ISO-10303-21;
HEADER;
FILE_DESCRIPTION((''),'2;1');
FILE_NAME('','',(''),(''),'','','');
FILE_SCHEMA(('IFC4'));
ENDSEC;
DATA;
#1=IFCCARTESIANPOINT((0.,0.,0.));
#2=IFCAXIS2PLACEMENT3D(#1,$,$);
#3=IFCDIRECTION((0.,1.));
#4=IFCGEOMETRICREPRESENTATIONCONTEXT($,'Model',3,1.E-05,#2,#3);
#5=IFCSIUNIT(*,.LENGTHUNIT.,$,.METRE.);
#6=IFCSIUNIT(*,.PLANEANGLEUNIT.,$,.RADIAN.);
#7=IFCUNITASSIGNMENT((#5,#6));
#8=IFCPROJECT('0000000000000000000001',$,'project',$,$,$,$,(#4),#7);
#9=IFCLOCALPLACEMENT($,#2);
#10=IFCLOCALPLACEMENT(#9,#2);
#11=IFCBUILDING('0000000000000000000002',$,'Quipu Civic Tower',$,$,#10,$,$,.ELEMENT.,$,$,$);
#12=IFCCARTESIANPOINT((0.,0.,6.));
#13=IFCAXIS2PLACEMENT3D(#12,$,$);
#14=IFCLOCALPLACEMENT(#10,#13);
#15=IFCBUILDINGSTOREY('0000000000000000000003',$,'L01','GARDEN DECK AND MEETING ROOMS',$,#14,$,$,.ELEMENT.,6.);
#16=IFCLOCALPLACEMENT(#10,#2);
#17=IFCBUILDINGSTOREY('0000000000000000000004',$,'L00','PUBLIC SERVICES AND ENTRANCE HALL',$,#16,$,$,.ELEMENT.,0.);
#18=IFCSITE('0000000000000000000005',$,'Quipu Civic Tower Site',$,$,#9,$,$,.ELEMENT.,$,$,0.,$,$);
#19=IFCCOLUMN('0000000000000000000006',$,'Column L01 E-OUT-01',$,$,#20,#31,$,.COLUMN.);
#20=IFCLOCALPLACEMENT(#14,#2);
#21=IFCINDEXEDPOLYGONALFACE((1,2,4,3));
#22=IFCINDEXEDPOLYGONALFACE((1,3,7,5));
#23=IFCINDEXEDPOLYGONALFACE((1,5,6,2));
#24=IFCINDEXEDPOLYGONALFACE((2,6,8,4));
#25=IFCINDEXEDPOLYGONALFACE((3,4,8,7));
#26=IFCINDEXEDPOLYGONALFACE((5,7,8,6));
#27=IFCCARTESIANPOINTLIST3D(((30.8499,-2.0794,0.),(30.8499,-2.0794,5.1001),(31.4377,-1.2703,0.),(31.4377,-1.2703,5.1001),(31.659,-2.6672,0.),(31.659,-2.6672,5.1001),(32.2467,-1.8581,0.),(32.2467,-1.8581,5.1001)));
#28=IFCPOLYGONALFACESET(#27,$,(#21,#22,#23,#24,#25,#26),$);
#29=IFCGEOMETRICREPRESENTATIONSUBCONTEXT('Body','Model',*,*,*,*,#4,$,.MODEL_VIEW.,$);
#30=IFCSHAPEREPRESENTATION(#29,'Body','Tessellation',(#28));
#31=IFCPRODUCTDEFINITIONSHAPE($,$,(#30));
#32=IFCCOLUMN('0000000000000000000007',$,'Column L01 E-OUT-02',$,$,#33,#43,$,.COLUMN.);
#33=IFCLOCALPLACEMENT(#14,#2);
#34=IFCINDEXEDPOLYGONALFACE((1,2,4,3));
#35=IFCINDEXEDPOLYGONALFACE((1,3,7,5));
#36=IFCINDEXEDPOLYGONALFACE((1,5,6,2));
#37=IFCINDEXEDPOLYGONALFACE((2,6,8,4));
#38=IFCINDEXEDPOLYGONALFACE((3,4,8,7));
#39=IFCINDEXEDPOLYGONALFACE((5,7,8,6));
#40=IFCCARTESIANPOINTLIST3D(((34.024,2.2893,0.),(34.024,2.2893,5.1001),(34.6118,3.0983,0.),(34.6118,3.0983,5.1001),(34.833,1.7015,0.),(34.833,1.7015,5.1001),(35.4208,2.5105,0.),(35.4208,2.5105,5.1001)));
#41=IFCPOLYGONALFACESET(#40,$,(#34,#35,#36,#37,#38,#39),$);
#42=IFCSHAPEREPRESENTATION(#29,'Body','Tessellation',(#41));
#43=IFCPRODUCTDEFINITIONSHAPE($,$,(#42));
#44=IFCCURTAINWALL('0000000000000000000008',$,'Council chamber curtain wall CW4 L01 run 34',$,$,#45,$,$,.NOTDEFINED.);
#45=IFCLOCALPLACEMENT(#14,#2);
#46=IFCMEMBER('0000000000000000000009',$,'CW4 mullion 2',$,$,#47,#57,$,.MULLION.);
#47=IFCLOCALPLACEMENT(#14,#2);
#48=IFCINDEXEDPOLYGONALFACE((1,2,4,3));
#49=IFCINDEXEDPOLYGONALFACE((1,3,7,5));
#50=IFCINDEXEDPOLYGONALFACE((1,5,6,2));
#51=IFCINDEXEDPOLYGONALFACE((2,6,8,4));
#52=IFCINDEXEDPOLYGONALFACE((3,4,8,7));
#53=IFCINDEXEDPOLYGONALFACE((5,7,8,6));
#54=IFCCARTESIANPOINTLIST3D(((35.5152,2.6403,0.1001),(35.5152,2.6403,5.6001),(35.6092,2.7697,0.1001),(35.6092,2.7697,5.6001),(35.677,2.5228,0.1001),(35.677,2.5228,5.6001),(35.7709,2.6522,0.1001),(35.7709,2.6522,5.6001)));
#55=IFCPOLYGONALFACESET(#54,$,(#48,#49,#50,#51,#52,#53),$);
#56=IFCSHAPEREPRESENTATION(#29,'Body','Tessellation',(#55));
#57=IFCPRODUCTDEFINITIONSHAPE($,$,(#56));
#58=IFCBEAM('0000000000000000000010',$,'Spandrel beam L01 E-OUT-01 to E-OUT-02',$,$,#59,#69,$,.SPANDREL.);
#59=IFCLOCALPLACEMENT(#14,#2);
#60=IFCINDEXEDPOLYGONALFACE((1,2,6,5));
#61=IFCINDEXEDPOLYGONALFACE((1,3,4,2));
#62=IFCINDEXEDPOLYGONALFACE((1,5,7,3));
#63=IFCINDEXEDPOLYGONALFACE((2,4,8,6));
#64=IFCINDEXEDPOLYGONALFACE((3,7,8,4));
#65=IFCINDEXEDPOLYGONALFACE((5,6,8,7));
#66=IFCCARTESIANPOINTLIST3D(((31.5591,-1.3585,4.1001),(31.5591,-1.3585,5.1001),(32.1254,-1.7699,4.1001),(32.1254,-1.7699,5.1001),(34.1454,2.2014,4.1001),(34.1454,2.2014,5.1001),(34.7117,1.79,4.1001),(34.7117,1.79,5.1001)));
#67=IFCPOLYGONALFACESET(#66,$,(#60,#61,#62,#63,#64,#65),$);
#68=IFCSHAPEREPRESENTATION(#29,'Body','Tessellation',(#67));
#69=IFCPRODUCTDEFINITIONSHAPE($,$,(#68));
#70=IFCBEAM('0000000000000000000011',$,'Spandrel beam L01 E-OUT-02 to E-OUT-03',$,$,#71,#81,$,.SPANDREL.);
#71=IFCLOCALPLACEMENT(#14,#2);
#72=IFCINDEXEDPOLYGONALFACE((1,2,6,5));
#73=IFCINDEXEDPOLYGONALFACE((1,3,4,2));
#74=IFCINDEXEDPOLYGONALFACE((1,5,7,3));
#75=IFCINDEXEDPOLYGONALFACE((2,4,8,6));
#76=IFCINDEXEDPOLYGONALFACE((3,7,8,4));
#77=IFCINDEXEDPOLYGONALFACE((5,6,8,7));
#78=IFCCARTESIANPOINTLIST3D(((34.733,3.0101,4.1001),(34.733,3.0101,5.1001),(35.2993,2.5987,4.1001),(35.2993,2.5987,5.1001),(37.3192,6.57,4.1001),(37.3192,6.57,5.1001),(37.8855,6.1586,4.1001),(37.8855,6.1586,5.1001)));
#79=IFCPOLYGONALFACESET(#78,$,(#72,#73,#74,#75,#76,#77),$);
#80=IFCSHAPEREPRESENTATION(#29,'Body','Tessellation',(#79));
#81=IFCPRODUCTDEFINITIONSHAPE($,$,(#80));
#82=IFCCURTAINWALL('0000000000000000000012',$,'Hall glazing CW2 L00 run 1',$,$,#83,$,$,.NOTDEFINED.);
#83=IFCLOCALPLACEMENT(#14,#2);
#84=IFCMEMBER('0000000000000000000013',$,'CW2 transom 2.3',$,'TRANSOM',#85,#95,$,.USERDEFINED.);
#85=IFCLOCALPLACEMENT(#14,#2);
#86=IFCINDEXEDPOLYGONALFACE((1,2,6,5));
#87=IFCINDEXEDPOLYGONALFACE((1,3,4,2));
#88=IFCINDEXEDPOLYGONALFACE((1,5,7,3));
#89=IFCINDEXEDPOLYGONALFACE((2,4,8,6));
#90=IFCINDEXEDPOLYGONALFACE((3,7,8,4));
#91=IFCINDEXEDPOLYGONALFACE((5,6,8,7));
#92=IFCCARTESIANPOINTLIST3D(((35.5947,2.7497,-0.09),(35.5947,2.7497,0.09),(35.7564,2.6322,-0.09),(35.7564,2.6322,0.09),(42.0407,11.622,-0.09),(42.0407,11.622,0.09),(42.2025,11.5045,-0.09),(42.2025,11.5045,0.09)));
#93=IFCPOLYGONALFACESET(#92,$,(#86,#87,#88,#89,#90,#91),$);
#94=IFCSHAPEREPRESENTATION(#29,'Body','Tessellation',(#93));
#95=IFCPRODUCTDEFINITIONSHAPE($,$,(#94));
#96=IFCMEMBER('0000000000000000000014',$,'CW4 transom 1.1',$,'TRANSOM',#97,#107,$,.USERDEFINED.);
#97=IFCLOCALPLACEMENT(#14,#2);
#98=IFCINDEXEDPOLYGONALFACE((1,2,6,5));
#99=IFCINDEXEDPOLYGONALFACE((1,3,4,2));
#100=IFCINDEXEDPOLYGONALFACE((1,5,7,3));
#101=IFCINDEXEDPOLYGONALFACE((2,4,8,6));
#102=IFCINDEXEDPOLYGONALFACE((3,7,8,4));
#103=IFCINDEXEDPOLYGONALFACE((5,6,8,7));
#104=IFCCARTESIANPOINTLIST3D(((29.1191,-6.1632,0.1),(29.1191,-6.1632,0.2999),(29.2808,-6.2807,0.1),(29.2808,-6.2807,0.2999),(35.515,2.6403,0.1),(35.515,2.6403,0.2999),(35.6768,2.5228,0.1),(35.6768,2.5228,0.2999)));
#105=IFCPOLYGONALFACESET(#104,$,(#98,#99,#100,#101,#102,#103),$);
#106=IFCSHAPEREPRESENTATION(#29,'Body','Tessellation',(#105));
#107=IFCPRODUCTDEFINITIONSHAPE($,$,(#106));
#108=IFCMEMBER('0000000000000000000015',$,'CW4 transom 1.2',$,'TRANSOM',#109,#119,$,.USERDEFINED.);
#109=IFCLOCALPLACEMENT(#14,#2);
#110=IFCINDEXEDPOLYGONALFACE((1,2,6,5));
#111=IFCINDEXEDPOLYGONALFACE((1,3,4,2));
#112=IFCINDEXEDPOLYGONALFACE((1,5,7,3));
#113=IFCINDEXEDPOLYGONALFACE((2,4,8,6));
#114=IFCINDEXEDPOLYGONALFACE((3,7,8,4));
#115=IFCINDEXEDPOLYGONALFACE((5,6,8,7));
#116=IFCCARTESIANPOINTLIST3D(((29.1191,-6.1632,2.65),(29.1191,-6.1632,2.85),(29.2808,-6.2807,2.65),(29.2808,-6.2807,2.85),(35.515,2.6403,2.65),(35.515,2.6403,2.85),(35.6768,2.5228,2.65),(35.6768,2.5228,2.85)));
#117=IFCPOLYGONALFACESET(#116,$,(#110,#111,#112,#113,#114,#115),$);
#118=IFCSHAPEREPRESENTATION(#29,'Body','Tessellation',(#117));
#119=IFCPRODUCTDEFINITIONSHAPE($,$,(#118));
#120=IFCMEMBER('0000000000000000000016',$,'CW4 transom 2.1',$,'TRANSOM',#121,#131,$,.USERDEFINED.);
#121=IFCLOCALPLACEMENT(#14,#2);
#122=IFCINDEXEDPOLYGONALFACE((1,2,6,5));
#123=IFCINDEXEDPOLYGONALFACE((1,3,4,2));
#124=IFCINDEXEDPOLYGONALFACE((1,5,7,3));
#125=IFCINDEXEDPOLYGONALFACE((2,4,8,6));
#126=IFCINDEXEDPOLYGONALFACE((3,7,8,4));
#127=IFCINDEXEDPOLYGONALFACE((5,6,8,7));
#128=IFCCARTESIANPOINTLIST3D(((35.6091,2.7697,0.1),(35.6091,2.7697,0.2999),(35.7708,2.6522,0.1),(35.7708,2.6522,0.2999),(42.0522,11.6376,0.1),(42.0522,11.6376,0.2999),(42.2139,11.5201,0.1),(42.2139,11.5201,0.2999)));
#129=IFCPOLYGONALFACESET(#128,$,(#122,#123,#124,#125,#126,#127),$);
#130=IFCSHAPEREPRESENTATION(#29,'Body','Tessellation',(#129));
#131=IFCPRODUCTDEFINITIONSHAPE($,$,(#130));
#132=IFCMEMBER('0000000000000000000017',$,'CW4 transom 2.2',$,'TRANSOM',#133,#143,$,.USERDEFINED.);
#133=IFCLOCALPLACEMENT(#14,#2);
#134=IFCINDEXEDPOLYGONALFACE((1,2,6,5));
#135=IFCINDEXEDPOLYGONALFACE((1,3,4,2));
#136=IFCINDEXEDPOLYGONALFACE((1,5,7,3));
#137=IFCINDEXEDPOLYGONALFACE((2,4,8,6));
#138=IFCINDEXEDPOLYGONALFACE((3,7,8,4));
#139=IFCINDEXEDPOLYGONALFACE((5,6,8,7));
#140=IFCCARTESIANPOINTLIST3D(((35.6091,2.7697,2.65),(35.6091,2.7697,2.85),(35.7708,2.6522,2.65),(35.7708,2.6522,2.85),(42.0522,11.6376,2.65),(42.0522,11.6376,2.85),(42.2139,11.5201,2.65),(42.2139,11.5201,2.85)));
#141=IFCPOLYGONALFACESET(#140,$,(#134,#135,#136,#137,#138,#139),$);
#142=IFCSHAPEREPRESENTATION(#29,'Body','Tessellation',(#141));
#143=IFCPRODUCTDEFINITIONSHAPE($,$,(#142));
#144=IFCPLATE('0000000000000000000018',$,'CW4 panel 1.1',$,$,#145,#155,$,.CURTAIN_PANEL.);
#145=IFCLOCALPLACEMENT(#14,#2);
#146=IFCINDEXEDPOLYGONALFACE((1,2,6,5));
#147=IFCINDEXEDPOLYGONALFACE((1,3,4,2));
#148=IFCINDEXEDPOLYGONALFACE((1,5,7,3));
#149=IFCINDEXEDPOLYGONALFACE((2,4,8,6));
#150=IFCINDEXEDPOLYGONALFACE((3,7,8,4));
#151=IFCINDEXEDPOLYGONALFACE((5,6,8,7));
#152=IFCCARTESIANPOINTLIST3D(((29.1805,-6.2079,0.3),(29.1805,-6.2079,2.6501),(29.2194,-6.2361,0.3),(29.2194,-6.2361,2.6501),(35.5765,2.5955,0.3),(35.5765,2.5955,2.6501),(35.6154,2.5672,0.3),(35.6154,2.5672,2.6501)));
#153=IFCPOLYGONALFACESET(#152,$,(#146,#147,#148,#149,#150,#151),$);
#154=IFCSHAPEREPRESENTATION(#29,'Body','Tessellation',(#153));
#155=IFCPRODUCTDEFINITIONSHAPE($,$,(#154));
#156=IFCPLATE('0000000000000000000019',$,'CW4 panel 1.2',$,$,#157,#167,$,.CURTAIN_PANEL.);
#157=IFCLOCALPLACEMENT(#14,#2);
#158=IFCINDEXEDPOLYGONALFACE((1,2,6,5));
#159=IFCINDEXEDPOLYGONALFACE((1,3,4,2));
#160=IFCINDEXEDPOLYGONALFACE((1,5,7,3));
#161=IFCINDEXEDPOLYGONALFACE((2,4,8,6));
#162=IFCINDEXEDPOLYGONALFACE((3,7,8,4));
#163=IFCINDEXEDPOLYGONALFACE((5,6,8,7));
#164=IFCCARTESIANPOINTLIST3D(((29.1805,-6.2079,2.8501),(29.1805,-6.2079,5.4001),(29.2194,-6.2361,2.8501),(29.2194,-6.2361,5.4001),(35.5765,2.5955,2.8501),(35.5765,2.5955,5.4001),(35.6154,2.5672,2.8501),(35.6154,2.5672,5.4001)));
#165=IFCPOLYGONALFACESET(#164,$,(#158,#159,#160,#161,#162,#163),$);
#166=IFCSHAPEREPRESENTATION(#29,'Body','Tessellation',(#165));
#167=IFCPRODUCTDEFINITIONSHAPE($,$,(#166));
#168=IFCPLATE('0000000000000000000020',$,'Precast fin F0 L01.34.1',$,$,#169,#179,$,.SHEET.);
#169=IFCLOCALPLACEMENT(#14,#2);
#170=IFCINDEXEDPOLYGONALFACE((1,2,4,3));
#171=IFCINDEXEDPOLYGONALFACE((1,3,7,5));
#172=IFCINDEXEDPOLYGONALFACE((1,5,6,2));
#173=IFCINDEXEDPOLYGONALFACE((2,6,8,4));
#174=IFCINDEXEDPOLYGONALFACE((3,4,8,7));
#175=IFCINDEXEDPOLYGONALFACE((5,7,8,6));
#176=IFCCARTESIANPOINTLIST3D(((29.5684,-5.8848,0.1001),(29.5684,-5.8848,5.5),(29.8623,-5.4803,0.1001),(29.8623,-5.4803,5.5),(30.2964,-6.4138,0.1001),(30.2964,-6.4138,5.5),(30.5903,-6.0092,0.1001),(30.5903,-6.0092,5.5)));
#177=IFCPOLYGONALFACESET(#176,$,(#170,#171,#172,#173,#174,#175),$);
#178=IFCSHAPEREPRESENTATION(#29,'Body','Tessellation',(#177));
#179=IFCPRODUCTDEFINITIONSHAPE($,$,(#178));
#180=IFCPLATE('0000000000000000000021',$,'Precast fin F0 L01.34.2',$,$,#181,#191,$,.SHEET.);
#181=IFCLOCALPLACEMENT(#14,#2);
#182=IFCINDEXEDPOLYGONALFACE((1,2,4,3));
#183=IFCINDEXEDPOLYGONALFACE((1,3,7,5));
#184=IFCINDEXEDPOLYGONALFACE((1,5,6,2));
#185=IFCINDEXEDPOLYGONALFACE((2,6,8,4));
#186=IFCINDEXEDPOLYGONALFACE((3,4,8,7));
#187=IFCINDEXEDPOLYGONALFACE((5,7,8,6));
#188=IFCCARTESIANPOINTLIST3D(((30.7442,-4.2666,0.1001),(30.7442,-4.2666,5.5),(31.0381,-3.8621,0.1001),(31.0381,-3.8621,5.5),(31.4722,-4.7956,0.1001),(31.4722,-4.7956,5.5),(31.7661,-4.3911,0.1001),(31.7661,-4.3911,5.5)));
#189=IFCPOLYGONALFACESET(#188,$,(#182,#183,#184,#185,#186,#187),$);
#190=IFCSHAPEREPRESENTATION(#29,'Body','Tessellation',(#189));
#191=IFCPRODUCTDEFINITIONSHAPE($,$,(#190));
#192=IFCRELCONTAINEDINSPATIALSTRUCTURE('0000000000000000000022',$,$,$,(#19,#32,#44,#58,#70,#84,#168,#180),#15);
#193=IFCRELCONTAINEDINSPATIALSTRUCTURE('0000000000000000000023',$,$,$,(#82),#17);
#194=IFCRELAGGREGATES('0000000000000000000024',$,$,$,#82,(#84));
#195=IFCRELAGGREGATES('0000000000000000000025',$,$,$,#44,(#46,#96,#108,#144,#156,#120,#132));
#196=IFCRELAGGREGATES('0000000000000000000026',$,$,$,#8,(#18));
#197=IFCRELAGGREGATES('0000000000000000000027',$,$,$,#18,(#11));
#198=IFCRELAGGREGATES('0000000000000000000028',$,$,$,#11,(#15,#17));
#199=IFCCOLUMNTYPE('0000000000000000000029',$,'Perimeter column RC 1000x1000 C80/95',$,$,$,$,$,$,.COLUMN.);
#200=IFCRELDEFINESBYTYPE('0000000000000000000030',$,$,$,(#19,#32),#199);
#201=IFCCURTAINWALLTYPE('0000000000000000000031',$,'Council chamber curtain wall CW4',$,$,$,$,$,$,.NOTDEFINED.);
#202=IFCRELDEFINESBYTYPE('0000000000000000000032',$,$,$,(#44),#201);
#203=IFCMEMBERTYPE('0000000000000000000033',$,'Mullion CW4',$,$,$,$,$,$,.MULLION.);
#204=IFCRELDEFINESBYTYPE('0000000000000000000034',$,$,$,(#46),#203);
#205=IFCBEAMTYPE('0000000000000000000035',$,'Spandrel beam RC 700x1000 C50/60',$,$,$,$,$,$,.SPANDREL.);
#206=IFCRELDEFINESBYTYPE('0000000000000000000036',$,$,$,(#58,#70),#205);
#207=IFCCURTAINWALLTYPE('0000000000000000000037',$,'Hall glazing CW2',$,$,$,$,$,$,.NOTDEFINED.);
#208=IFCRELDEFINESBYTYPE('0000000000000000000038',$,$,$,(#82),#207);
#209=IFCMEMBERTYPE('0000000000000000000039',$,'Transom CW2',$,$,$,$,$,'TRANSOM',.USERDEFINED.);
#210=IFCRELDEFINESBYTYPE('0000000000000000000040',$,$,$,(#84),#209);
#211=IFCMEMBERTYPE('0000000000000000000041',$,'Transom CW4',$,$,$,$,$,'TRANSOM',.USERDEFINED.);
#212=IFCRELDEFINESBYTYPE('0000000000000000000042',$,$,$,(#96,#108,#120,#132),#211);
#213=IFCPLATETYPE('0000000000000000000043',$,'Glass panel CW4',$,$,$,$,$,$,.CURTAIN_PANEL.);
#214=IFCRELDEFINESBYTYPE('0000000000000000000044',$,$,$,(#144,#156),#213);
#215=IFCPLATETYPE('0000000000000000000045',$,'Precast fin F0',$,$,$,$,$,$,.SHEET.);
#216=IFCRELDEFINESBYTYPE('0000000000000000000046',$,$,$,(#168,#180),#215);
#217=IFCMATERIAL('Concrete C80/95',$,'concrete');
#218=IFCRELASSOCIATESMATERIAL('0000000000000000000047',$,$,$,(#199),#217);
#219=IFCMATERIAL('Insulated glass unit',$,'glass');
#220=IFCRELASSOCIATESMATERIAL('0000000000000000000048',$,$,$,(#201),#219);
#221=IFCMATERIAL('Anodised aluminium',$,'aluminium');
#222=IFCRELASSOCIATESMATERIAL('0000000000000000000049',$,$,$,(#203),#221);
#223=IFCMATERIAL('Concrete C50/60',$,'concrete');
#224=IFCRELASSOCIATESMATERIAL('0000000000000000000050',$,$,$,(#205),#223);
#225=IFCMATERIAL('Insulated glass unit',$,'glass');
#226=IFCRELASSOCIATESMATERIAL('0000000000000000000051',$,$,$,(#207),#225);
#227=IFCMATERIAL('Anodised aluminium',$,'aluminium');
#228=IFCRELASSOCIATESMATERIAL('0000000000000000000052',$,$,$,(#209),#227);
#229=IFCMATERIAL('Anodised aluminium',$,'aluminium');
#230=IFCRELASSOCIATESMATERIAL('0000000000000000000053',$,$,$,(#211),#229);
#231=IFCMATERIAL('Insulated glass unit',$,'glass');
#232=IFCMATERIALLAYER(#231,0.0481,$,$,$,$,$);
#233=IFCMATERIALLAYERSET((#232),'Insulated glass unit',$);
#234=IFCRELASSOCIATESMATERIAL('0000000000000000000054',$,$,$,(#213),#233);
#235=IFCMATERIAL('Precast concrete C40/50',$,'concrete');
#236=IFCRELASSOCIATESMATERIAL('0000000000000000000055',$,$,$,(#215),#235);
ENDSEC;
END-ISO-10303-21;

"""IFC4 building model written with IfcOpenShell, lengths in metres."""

from ifc_helpers import new_model, si_unit, direction, frame, origin, origin_2d, place, context, subcontext, project, spatial, rectangle, extrude, material, layer, layer_set, material_profile, profile_set, type_object, element, aggregate, save


model = new_model("IFC4")

# Units and contexts
model_context = context("Model", 3, precision=1e-05, world=origin(), true_north=direction((0.0, 1.0)))
body_context = subcontext(model_context, "Body", "Model", "MODEL_VIEW")
ifc_project = project(units=[si_unit("LENGTHUNIT", "METRE"), si_unit("PLANEANGLEUNIT", "RADIAN")], contexts=[model_context])

# Site, building, storey
site_placement = place(None, origin())
site = spatial("IfcSite", under=ifc_project, at=site_placement, Name="Quipu Civic Tower Site", CompositionType="ELEMENT", RefElevation=0.0)
building_placement = place(site_placement, origin())
building = spatial("IfcBuilding", under=site, at=building_placement, Name="Quipu Civic Tower", CompositionType="ELEMENT")
storey_1_placement = place(building_placement, frame((0.0, 0.0, 6.0)))
storey_1 = spatial("IfcBuildingStorey", under=building, at=storey_1_placement, Name="L01", Description="GARDEN DECK AND MEETING ROOMS", CompositionType="ELEMENT", Elevation=6.0)

# Columns
ifc_material_1 = material(Name="Concrete C80/95", Category="concrete")
ifc_material_profile_1 = material_profile(ifc_material_1, rectangle(XDim=1.0, YDim=1.0, at=origin_2d()), Name="RC1000x1000")
ifc_profile_set_1 = profile_set([ifc_material_profile_1], Name="Concrete C80/95")
column_type = type_object("IfcColumnType", Name="Perimeter column RC 1000x1000 C80/95", PredefinedType="COLUMN", material=ifc_profile_set_1)
for number, where, z_axis, x_axis, name in (
    (1, (31.5483, -1.9688, 0.0), (0.0, 0.0, 1.0), (0.587785, 0.809017, 0.0), "Column L01 E-OUT-01"),
    (2, (34.7224, 2.3999, 0.0), (0.0, 0.0, 1.0), (0.587785, 0.809017, 0.0), "Column L01 E-OUT-02"),
):
    element("IfcColumn", number, at=place(storey_1_placement, frame(where, z_axis=z_axis, x_axis=x_axis)), inside=storey_1, type_object=column_type, Name=name, PredefinedType="COLUMN", context=body_context, shape_type="SweptSolid", body=[
        extrude(rectangle(XDim=1.0, YDim=1.0, at=origin_2d()), origin(), (0.0, 0.0, 1.0), 5.1001),
    ])

# Curtain wall, member
ifc_material_2 = material(Name="Insulated glass unit", Category="glass")
curtain_wall_type_1 = type_object("IfcCurtainWallType", Name="Council chamber curtain wall CW4", PredefinedType="NOTDEFINED", material=ifc_material_2)
curtain_wall_1_placement = place(storey_1_placement, origin())
curtain_wall_1 = element("IfcCurtainWall", 3, at=curtain_wall_1_placement, inside=storey_1, type_object=curtain_wall_type_1, Name="Council chamber curtain wall CW4 L01 run 34", PredefinedType="NOTDEFINED")
ifc_material_3 = material(Name="Anodised aluminium", Category="aluminium")
ifc_material_profile_2 = material_profile(ifc_material_3, rectangle(XDim=0.2, YDim=0.1599, at=origin_2d()), Name="RECT 200x160")
ifc_profile_set_2 = profile_set([ifc_material_profile_2], Name="Anodised aluminium")
member_type_1 = type_object("IfcMemberType", Name="Mullion CW4", PredefinedType="MULLION", material=ifc_profile_set_2)
member_1_placement = place(storey_1_placement, frame((35.6431, 2.6462, 0.1001), z_axis=(0.0, 0.0, 1.0), x_axis=(-0.809017, 0.587785, 0.0)))
member_1 = element("IfcMember", 4, at=member_1_placement, type_object=member_type_1, Name="CW4 mullion 2", PredefinedType="MULLION", context=body_context, shape_type="SweptSolid", body=[
    extrude(rectangle(XDim=0.2, YDim=0.1599, at=origin_2d()), origin(), (0.0, 0.0, 1.0), 5.5),
])

# Beams
ifc_material_4 = material(Name="Concrete C50/60", Category="concrete")
ifc_material_profile_3 = material_profile(ifc_material_4, rectangle(XDim=0.7, YDim=1.0, at=origin_2d()), Name="RC700x1000")
ifc_profile_set_3 = profile_set([ifc_material_profile_3], Name="Concrete C50/60")
beam_type = type_object("IfcBeamType", Name="Spandrel beam RC 700x1000 C50/60", PredefinedType="SPANDREL", material=ifc_profile_set_3)
for number, where, z_axis, x_axis, name in (
    (5, (31.8423, -1.5642, 4.6001), (0.587759, 0.809036, 0.0), (-0.809036, 0.587759, 0.0), "Spandrel beam L01 E-OUT-01 to E-OUT-02"),
    (6, (35.0161, 2.8044, 4.6001), (0.587759, 0.809036, 0.0), (-0.809036, 0.587759, 0.0), "Spandrel beam L01 E-OUT-02 to E-OUT-03"),
):
    element("IfcBeam", number, at=place(storey_1_placement, frame(where, z_axis=z_axis, x_axis=x_axis)), inside=storey_1, type_object=beam_type, Name=name, PredefinedType="SPANDREL", context=body_context, shape_type="SweptSolid", body=[
        extrude(rectangle(XDim=0.7, YDim=1.0, at=origin_2d()), origin(), (0.0, 0.0, 1.0), 4.4001),
    ])

# Shared definitions
storey_2_placement = place(building_placement, origin())
storey_2 = spatial("IfcBuildingStorey", under=building, at=storey_2_placement, Name="L00", Description="PUBLIC SERVICES AND ENTRANCE HALL", CompositionType="ELEMENT", Elevation=0.0)

# Curtain wall, member
ifc_material_5 = material(Name="Insulated glass unit", Category="glass")
curtain_wall_type_2 = type_object("IfcCurtainWallType", Name="Hall glazing CW2", PredefinedType="NOTDEFINED", material=ifc_material_5)
curtain_wall_2_placement = place(storey_2_placement, origin())
curtain_wall_2 = element("IfcCurtainWall", 7, at=curtain_wall_2_placement, inside=storey_2, type_object=curtain_wall_type_2, Name="Hall glazing CW2 L00 run 1", PredefinedType="NOTDEFINED")
ifc_material_6 = material(Name="Anodised aluminium", Category="aluminium")
ifc_material_profile_4 = material_profile(ifc_material_6, rectangle(XDim=0.2, YDim=0.1799, at=origin_2d()), Name="RECT 200x180")
ifc_profile_set_4 = profile_set([ifc_material_profile_4], Name="Anodised aluminium")
member_type_2 = type_object("IfcMemberType", Name="Transom CW2", ElementType="TRANSOM", PredefinedType="USERDEFINED", material=ifc_profile_set_4)
member_2_placement = place(storey_1_placement, frame((35.6755, 2.6909, 0.0), z_axis=(0.587781, 0.80902, 0.0), x_axis=(-0.80902, 0.587781, 0.0)))
member_2 = element("IfcMember", 8, at=member_2_placement, inside=storey_1, type_object=member_type_2, Name="CW2 transom 2.3", ObjectType="TRANSOM", PredefinedType="USERDEFINED", context=body_context, shape_type="SweptSolid", body=[
    extrude(rectangle(XDim=0.2, YDim=0.1799, at=origin_2d()), origin(), (0.0, 0.0, 1.0), 10.9668),
])
aggregate(curtain_wall_2, [member_2])

# Members
ifc_material_7 = material(Name="Anodised aluminium", Category="aluminium")
ifc_material_profile_5 = material_profile(ifc_material_7, rectangle(XDim=0.2, YDim=0.2, at=origin_2d()), Name="RECT 200x200")
ifc_profile_set_5 = profile_set([ifc_material_profile_5], Name="Anodised aluminium")
member_type_3 = type_object("IfcMemberType", Name="Transom CW4", ElementType="TRANSOM", PredefinedType="USERDEFINED", material=ifc_profile_set_5)
member_3_placement = place(storey_1_placement, frame((29.2, -6.2219, 0.2), z_axis=(0.587779, 0.809021, 0.0), x_axis=(-0.809021, 0.587779, 0.0)))
member_3 = element("IfcMember", 9, at=member_3_placement, type_object=member_type_3, Name="CW4 transom 1.1", ObjectType="TRANSOM", PredefinedType="USERDEFINED", context=body_context, shape_type="SweptSolid", body=[
    extrude(rectangle(XDim=0.2, YDim=0.2, at=origin_2d()), origin(), (0.0, 0.0, 1.0), 10.8816),
])
member_4_placement = place(storey_1_placement, frame((29.2, -6.2219, 2.75), z_axis=(0.587779, 0.809021, 0.0), x_axis=(-0.809021, 0.587779, 0.0)))
member_4 = element("IfcMember", 10, at=member_4_placement, type_object=member_type_3, Name="CW4 transom 1.2", ObjectType="TRANSOM", PredefinedType="USERDEFINED", context=body_context, shape_type="SweptSolid", body=[
    extrude(rectangle(XDim=0.2, YDim=0.2, at=origin_2d()), origin(), (0.0, 0.0, 1.0), 10.8816),
])
member_5_placement = place(storey_1_placement, frame((35.6899, 2.7109, 0.2), z_axis=(0.587797, 0.809009, 0.0), x_axis=(-0.809009, 0.587797, 0.0)))
member_5 = element("IfcMember", 11, at=member_5_placement, type_object=member_type_3, Name="CW4 transom 2.1", ObjectType="TRANSOM", PredefinedType="USERDEFINED", context=body_context, shape_type="SweptSolid", body=[
    extrude(rectangle(XDim=0.2, YDim=0.2, at=origin_2d()), origin(), (0.0, 0.0, 1.0), 10.9614),
])
member_6_placement = place(storey_1_placement, frame((35.6899, 2.7109, 2.75), z_axis=(0.587797, 0.809009, 0.0), x_axis=(-0.809009, 0.587797, 0.0)))
member_6 = element("IfcMember", 12, at=member_6_placement, type_object=member_type_3, Name="CW4 transom 2.2", ObjectType="TRANSOM", PredefinedType="USERDEFINED", context=body_context, shape_type="SweptSolid", body=[
    extrude(rectangle(XDim=0.2, YDim=0.2, at=origin_2d()), origin(), (0.0, 0.0, 1.0), 10.9614),
])

# Plates
ifc_material_8 = material(Name="Insulated glass unit", Category="glass")
ifc_layer = layer(ifc_material_8, 0.0481)
ifc_layer_set = layer_set([ifc_layer], Name="Insulated glass unit")
plate_type_1 = type_object("IfcPlateType", Name="Glass panel CW4", PredefinedType="CURTAIN_PANEL", material=ifc_layer_set)
plate_1_placement = place(storey_1_placement, frame((32.3979, -1.8203, 0.3), z_axis=(0.0, 0.0, 1.0), x_axis=(0.587785, 0.809017, 0.0)))
plate_1 = element("IfcPlate", 13, at=plate_1_placement, type_object=plate_type_1, Name="CW4 panel 1.1", PredefinedType="CURTAIN_PANEL", context=body_context, shape_type="SweptSolid", body=[
    extrude(rectangle(XDim=10.8816, YDim=0.0481, at=origin_2d()), origin(), (0.0, 0.0, 1.0), 2.3501),
])
plate_2_placement = place(storey_1_placement, frame((32.3979, -1.8203, 2.8501), z_axis=(0.0, 0.0, 1.0), x_axis=(0.587785, 0.809017, 0.0)))
plate_2 = element("IfcPlate", 14, at=plate_2_placement, type_object=plate_type_1, Name="CW4 panel 1.2", PredefinedType="CURTAIN_PANEL", context=body_context, shape_type="SweptSolid", body=[
    extrude(rectangle(XDim=10.8816, YDim=0.0481, at=origin_2d()), origin(), (0.0, 0.0, 1.0), 2.55),
])
aggregate(curtain_wall_1, [member_1, member_3, member_4, plate_1, plate_2, member_5, member_6])

# Plates
ifc_material_9 = material(Name="Precast concrete C40/50", Category="concrete")
plate_type_2 = type_object("IfcPlateType", Name="Precast fin F0", PredefinedType="SHEET", material=ifc_material_9)
for number, where, z_axis, x_axis, name in (
    (15, (30.0793, -5.947, 0.1001), (0.0, 0.0, 1.0), (0.587786, 0.809017, 0.0), "Precast fin F0 L01.34.1"),
    (16, (31.2551, -4.3289, 0.1001), (0.0, 0.0, 1.0), (0.587786, 0.809017, 0.0), "Precast fin F0 L01.34.2"),
):
    element("IfcPlate", number, at=place(storey_1_placement, frame(where, z_axis=z_axis, x_axis=x_axis)), inside=storey_1, type_object=plate_type_2, Name=name, PredefinedType="SHEET", context=body_context, shape_type="SweptSolid", body=[
        extrude(rectangle(XDim=0.5, YDim=0.8999, at=origin_2d()), origin(), (0.0, 0.0, 1.0), 5.3999),
    ])

save(model, "model.ifc")
